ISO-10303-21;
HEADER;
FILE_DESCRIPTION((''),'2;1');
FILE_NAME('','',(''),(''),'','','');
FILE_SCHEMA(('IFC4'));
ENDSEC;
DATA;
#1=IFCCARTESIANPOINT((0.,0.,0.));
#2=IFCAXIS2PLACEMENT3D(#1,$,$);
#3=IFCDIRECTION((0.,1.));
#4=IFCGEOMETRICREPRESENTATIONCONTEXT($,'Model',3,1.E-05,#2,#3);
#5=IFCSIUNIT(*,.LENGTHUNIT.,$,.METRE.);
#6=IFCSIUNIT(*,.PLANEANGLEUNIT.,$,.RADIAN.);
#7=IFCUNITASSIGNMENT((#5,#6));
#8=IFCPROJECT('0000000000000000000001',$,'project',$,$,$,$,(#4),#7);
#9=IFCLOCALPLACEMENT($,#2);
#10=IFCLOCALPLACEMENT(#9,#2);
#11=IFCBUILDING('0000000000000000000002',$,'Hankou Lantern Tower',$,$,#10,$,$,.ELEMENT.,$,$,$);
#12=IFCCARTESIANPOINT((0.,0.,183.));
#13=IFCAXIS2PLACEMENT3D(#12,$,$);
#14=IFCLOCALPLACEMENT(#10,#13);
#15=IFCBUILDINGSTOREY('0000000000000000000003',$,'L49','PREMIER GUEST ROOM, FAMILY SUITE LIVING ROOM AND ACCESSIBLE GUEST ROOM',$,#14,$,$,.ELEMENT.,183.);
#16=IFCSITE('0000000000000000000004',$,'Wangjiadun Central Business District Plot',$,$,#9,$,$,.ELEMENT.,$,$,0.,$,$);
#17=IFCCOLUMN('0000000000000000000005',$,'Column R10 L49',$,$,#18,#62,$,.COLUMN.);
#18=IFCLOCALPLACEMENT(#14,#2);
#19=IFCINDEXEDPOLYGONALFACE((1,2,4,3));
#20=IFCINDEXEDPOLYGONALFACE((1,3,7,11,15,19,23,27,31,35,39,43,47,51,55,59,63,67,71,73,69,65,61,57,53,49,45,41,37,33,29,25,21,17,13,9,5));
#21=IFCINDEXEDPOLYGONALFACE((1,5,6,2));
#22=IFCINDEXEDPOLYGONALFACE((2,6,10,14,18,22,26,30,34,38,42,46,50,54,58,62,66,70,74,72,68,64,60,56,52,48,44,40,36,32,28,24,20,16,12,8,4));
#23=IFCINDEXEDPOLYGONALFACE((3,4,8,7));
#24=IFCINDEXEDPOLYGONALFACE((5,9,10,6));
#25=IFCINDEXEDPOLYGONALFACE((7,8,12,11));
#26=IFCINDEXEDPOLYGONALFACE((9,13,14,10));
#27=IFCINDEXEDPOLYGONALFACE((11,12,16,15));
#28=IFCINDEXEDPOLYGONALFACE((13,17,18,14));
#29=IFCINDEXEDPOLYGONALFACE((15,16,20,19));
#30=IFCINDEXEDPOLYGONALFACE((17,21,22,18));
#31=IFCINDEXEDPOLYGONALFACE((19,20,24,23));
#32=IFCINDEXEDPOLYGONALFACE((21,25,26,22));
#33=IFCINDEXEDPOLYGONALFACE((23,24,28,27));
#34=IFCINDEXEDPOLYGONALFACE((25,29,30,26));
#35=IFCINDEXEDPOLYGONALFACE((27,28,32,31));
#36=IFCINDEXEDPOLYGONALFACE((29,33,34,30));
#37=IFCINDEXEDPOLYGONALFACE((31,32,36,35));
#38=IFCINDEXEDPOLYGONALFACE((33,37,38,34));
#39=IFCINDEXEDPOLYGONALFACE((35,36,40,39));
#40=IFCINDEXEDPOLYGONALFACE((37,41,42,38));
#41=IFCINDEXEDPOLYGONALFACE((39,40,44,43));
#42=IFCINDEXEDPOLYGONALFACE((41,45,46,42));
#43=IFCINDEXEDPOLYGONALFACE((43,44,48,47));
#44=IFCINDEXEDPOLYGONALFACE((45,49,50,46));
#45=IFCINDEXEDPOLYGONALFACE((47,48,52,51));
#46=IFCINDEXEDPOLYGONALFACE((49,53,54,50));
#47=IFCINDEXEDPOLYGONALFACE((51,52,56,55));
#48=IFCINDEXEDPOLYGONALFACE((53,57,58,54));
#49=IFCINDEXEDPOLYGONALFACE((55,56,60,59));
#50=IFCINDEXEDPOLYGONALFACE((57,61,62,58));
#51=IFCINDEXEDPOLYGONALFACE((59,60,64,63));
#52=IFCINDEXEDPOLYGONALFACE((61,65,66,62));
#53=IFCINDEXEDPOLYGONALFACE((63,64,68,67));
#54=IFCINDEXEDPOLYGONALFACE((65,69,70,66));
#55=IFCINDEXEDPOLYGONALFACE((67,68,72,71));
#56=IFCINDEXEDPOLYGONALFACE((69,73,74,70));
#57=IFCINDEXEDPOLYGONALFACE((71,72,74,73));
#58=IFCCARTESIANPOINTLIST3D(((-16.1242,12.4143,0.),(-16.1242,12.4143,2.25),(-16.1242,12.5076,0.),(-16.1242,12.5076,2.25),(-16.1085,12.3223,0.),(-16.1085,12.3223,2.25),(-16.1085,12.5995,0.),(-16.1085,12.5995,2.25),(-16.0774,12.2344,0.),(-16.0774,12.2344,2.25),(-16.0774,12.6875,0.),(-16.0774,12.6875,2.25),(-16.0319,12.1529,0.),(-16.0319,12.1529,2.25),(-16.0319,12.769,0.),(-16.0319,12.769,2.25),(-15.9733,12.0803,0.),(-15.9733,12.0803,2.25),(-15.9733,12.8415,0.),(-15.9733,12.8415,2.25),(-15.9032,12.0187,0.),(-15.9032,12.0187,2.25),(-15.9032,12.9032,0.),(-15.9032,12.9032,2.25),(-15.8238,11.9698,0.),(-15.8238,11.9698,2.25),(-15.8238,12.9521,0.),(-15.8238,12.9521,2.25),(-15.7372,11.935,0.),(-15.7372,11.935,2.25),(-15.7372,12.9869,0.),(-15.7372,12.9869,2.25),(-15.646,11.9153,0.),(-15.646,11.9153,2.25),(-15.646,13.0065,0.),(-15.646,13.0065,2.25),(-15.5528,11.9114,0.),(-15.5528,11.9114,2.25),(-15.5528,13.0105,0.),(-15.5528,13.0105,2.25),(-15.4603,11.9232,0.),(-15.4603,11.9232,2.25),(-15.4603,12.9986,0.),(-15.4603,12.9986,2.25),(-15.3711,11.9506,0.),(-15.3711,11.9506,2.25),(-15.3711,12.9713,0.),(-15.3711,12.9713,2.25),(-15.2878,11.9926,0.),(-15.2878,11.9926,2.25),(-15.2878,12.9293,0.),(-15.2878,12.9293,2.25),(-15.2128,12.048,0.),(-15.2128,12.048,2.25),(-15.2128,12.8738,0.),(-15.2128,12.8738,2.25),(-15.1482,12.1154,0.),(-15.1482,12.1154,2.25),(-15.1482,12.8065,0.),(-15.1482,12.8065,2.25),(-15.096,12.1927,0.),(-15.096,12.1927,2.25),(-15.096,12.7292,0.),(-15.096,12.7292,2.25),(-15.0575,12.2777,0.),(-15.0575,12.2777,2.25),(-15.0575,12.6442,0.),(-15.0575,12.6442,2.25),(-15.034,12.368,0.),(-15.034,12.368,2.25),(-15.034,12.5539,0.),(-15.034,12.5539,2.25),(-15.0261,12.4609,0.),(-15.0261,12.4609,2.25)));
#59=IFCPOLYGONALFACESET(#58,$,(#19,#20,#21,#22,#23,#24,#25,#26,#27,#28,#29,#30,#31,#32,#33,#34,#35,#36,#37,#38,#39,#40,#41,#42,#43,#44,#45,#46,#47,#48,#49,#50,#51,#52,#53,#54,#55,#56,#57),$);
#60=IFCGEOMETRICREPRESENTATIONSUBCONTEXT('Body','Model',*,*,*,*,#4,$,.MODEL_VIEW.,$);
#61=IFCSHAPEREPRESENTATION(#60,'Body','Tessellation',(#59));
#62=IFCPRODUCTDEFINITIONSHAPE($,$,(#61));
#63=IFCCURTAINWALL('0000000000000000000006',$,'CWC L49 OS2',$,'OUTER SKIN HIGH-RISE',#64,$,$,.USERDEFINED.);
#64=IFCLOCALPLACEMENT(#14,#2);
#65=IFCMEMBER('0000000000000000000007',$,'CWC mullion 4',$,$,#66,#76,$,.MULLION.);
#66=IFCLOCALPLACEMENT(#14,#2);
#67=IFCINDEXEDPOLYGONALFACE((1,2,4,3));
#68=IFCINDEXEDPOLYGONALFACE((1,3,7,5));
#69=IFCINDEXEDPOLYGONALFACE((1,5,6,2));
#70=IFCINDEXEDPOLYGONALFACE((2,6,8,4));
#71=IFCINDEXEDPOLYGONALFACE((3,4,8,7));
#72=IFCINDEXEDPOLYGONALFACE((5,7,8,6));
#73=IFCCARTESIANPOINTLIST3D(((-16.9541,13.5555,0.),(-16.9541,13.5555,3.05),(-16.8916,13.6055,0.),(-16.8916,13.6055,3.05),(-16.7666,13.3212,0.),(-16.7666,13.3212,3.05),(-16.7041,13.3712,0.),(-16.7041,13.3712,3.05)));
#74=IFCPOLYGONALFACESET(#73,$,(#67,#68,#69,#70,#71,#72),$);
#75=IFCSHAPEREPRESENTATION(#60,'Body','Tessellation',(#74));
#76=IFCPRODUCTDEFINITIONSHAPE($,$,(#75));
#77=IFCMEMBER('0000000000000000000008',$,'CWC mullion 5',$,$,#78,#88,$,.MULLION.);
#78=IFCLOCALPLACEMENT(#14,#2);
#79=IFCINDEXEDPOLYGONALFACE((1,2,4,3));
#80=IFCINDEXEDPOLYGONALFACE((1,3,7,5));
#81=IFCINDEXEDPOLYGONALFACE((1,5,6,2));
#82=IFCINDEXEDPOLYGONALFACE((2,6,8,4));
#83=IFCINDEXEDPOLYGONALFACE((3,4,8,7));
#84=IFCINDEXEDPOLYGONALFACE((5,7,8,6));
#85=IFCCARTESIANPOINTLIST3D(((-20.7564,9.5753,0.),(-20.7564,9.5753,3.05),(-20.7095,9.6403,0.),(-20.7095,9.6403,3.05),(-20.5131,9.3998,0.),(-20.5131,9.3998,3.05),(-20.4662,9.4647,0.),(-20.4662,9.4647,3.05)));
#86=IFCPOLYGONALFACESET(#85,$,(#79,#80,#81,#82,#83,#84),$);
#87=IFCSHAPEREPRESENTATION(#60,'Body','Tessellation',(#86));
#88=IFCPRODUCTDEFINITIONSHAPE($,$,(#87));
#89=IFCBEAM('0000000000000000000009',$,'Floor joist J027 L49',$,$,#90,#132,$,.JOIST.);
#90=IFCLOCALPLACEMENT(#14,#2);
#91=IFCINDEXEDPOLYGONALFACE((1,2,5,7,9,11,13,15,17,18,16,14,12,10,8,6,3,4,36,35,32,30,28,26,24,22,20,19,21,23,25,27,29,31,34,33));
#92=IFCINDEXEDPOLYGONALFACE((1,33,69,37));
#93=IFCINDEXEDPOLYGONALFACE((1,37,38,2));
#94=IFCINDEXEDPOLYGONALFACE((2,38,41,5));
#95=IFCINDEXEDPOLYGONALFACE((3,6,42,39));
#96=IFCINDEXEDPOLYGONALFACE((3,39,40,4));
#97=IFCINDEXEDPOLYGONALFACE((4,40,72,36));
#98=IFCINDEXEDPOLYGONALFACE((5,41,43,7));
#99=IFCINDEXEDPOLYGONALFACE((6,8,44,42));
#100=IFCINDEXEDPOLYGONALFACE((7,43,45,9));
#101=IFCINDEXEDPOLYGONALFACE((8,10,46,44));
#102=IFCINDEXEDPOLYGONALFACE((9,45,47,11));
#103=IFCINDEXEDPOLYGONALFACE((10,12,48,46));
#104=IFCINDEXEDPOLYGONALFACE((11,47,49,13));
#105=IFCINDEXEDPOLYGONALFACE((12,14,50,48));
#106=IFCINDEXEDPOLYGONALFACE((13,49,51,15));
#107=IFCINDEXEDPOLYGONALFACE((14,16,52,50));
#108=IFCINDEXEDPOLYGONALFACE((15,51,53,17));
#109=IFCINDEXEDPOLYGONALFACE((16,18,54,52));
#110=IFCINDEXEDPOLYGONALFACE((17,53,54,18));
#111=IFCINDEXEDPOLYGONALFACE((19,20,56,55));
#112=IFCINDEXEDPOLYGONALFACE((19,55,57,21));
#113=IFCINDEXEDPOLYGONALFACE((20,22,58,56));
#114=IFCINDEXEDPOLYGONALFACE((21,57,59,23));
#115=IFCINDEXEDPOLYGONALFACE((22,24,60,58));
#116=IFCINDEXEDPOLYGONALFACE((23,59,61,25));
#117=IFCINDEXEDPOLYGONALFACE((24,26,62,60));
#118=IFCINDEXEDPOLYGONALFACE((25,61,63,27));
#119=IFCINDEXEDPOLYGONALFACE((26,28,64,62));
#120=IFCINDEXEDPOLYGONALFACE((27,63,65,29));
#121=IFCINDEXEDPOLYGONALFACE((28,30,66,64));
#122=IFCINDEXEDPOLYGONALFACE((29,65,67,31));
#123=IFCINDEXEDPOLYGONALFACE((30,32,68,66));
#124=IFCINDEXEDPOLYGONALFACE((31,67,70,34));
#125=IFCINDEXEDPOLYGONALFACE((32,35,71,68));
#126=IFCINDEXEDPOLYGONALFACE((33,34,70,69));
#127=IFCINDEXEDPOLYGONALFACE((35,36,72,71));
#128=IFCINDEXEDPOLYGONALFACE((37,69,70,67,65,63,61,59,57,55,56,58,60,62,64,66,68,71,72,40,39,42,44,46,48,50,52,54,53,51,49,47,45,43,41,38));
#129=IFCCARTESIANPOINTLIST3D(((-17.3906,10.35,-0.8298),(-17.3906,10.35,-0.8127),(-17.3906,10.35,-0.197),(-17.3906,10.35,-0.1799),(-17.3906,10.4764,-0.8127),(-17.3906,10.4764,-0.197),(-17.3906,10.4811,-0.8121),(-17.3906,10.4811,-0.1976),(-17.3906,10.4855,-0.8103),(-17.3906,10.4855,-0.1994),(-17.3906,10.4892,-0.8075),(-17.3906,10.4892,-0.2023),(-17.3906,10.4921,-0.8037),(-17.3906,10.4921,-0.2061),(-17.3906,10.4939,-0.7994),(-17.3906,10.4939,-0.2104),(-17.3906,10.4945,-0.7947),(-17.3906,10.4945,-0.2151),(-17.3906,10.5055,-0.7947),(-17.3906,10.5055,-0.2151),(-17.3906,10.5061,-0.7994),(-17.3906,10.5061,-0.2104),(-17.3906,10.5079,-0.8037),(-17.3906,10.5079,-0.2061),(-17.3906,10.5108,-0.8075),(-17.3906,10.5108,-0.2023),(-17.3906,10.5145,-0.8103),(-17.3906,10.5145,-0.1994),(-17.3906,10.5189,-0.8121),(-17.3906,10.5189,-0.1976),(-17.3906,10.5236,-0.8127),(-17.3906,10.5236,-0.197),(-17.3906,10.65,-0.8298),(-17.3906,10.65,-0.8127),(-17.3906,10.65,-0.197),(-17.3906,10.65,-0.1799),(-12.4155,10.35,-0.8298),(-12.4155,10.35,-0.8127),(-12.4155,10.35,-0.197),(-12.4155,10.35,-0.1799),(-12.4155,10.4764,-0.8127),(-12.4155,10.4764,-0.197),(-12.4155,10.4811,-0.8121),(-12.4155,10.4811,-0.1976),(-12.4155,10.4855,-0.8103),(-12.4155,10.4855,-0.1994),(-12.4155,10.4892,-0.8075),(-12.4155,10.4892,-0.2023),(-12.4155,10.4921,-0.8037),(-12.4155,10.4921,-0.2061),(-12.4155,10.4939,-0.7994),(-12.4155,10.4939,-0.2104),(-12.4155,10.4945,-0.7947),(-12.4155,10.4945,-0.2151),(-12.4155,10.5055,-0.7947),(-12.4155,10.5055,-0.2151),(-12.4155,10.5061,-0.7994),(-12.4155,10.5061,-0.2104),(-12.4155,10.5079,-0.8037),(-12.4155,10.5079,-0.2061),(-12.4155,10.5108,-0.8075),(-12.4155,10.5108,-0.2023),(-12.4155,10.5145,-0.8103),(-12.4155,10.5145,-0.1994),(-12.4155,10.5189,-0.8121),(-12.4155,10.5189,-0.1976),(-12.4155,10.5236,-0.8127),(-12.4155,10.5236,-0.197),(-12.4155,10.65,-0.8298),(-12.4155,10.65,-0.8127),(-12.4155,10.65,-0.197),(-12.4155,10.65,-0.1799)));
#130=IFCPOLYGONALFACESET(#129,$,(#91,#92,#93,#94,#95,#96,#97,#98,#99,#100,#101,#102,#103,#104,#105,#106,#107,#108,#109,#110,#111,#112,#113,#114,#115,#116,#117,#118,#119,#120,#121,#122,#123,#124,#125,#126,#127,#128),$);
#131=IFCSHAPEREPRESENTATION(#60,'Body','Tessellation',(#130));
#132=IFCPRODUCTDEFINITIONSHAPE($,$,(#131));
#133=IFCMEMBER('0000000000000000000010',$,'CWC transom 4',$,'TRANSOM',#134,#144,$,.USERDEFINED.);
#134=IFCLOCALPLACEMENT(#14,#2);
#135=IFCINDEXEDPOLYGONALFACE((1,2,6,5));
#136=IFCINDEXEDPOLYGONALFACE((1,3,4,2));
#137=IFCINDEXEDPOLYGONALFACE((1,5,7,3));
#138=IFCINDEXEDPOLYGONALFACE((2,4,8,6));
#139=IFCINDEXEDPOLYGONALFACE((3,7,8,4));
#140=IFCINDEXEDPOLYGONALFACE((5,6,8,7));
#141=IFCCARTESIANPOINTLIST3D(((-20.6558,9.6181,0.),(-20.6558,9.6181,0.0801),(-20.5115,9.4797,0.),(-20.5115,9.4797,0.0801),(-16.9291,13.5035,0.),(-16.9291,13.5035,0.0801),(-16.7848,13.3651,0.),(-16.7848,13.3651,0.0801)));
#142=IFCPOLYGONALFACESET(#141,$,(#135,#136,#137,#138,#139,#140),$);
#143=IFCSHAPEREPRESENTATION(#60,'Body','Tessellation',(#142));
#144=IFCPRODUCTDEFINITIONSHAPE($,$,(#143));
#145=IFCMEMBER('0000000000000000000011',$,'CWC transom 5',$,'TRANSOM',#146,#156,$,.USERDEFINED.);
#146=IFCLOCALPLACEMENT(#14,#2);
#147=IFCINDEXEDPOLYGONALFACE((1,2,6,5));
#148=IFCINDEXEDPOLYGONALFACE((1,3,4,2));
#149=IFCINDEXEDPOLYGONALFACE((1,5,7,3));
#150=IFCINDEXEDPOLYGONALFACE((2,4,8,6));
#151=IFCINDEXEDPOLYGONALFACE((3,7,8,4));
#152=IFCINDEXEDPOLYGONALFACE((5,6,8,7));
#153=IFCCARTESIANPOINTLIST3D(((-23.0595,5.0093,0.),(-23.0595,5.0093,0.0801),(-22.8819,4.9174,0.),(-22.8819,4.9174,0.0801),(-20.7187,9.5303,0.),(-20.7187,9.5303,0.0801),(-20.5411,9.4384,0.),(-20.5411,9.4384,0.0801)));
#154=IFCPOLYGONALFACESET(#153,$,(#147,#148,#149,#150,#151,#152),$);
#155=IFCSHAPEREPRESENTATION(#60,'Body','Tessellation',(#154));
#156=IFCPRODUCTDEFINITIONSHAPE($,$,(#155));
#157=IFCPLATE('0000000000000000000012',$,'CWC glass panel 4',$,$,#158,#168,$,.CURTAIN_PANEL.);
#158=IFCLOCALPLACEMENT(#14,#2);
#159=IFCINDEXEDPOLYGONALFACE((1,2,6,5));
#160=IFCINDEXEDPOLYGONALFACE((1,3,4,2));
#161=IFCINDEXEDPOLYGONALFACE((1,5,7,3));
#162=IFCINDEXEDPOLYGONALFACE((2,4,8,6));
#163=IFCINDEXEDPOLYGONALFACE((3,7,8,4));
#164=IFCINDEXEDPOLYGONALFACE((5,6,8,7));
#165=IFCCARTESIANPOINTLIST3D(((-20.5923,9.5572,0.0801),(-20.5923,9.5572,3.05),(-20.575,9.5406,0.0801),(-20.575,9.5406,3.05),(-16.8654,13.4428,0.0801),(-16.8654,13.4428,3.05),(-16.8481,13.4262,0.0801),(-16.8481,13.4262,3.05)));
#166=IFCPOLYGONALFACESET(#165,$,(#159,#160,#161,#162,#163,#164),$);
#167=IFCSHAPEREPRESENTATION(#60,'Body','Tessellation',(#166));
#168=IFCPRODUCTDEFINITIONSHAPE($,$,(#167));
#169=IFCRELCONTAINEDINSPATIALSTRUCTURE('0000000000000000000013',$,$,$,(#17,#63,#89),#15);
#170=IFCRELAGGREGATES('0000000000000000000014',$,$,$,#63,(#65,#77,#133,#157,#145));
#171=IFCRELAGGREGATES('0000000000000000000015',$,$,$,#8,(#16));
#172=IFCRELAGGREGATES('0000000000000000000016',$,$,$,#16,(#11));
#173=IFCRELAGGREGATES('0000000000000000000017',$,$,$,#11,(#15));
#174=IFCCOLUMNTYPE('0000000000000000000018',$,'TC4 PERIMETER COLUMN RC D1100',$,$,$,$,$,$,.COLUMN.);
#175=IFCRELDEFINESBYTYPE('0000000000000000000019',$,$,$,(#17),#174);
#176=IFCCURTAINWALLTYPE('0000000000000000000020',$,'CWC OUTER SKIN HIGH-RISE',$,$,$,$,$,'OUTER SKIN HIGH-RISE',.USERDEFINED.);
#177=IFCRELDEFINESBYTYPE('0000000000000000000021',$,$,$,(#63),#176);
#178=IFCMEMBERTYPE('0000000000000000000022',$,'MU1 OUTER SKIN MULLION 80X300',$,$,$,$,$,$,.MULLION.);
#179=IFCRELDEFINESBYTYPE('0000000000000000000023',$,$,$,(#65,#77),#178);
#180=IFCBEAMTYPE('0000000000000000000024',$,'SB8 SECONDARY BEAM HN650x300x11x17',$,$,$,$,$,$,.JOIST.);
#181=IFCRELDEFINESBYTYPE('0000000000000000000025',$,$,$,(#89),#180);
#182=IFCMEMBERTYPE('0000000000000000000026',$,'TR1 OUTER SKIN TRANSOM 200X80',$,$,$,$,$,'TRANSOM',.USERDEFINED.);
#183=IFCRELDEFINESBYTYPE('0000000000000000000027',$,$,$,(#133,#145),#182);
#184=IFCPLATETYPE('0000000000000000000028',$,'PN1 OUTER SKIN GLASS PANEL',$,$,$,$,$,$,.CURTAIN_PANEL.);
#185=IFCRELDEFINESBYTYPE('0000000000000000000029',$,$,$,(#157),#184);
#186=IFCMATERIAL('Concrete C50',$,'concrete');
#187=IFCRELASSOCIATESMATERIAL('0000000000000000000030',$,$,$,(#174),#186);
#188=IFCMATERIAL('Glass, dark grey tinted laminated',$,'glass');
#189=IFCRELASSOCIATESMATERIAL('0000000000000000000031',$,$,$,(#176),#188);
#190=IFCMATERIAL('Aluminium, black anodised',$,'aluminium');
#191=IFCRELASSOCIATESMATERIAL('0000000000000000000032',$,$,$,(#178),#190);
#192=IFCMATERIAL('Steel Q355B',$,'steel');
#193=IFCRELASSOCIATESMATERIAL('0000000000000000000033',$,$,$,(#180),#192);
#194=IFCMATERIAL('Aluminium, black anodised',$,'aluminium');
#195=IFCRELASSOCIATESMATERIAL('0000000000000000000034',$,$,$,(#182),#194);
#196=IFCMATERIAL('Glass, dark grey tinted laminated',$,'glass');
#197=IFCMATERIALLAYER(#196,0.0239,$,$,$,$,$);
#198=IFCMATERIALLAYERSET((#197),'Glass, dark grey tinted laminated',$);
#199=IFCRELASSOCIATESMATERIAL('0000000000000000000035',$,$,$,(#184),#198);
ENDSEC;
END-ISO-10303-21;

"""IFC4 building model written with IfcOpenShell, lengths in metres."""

from ifc_helpers import new_model, si_unit, direction, frame, origin, origin_2d, place, context, subcontext, project, spatial, rectangle, circle, i_section, extrude, clip, halfspace, material, layer, layer_set, material_profile, profile_set, type_object, element, aggregate, save


model = new_model("IFC4")

# Units and contexts
model_context = context("Model", 3, precision=1e-05, world=origin(), true_north=direction((0.0, 1.0)))
body_context = subcontext(model_context, "Body", "Model", "MODEL_VIEW")
ifc_project = project(units=[si_unit("LENGTHUNIT", "METRE"), si_unit("PLANEANGLEUNIT", "RADIAN")], contexts=[model_context])

# Site, building, storey
site_placement = place(None, origin())
site = spatial("IfcSite", under=ifc_project, at=site_placement, Name="Wangjiadun Central Business District Plot", CompositionType="ELEMENT", RefElevation=0.0)
building_placement = place(site_placement, origin())
building = spatial("IfcBuilding", under=site, at=building_placement, Name="Hankou Lantern Tower", CompositionType="ELEMENT")
storey_placement = place(building_placement, frame((0.0, 0.0, 183.0)))
storey = spatial("IfcBuildingStorey", under=building, at=storey_placement, Name="L49", Description="PREMIER GUEST ROOM, FAMILY SUITE LIVING ROOM AND ACCESSIBLE GUEST ROOM", CompositionType="ELEMENT", Elevation=183.0)

# Column
ifc_material_1 = material(Name="Concrete C50", Category="concrete")
ifc_material_profile_1 = material_profile(ifc_material_1, circle(Radius=0.55, at=origin_2d()), Name="RC D1100")
ifc_profile_set_1 = profile_set([ifc_material_profile_1], Name="Concrete C50")
column_type = type_object("IfcColumnType", Name="TC4 PERIMETER COLUMN RC D1100", PredefinedType="COLUMN", material=ifc_profile_set_1)
column_placement = place(storey_placement, frame((-15.5762, 12.4609, 0.0), z_axis=(0.0, 0.0, 1.0), x_axis=(1.0, 0.0, 0.0)))
element("IfcColumn", 1, at=column_placement, inside=storey, type_object=column_type, Name="Column R10 L49", PredefinedType="COLUMN", context=body_context, shape_type="Clipping", body=[
    clip(extrude(circle(Radius=0.55, at=origin_2d()), origin(), (0.0, 0.0, 1.0), 3.3), halfspace(frame((0.0, 0.0, 2.25), z_axis=(0.0, 0.0, 1.0), x_axis=(1.0, 0.0, 0.0)), False)),
])

# Curtain wall, members
ifc_material_2 = material(Name="Glass, dark grey tinted laminated", Category="glass")
curtain_wall_type = type_object("IfcCurtainWallType", Name="CWC OUTER SKIN HIGH-RISE", ElementType="OUTER SKIN HIGH-RISE", PredefinedType="USERDEFINED", material=ifc_material_2)
curtain_wall_placement = place(storey_placement, origin())
curtain_wall = element("IfcCurtainWall", 2, at=curtain_wall_placement, inside=storey, type_object=curtain_wall_type, Name="CWC L49 OS2", ObjectType="OUTER SKIN HIGH-RISE", PredefinedType="USERDEFINED")
ifc_material_3 = material(Name="Aluminium, black anodised", Category="aluminium")
ifc_material_profile_2 = material_profile(ifc_material_3, rectangle(XDim=0.0801, YDim=0.3, at=origin_2d()), Name="MU1 80X300")
ifc_profile_set_2 = profile_set([ifc_material_profile_2], Name="Aluminium, black anodised")
member_type_1 = type_object("IfcMemberType", Name="MU1 OUTER SKIN MULLION 80X300", PredefinedType="MULLION", material=ifc_profile_set_2)
member_1_placement = place(storey_placement, frame((-16.8291, 13.4634, 0.0), z_axis=(0.0, 0.0, 1.0), x_axis=(-0.780869, -0.624695, 0.0)))
member_1 = element("IfcMember", 3, at=member_1_placement, type_object=member_type_1, Name="CWC mullion 4", PredefinedType="MULLION", context=body_context, shape_type="SweptSolid", body=[
    extrude(rectangle(XDim=0.0801, YDim=0.3, at=origin_2d()), origin(), (0.0, 0.0, 1.0), 3.05),
])
member_2_placement = place(storey_placement, frame((-20.6113, 9.52, 0.0), z_axis=(0.0, 0.0, 1.0), x_axis=(-0.585206, -0.810885, 0.0)))
member_2 = element("IfcMember", 4, at=member_2_placement, type_object=member_type_1, Name="CWC mullion 5", PredefinedType="MULLION", context=body_context, shape_type="SweptSolid", body=[
    extrude(rectangle(XDim=0.0801, YDim=0.3, at=origin_2d()), origin(), (0.0, 0.0, 1.0), 3.05),
])

# Beam
ifc_material_4 = material(Name="Steel Q355B", Category="steel")
ifc_material_profile_3 = material_profile(ifc_material_4, i_section(OverallWidth=0.3, OverallDepth=0.6499, WebThickness=0.011, FlangeThickness=0.0171, FilletRadius=0.0181, at=origin_2d()), Name="HN650x300x11x17")
ifc_profile_set_3 = profile_set([ifc_material_profile_3], Name="Steel Q355B")
beam_type = type_object("IfcBeamType", Name="SB8 SECONDARY BEAM HN650x300x11x17", PredefinedType="JOIST", material=ifc_profile_set_3)
beam_placement = place(storey_placement, frame((-17.3906, 10.5, -0.5049), z_axis=(1.0, 0.0, 0.0), x_axis=(0.0, 1.0, 0.0)))
element("IfcBeam", 5, at=beam_placement, inside=storey, type_object=beam_type, Name="Floor joist J027 L49", PredefinedType="JOIST", context=body_context, shape_type="SweptSolid", body=[
    extrude(i_section(OverallWidth=0.3, OverallDepth=0.6499, WebThickness=0.011, FlangeThickness=0.0171, FilletRadius=0.0181, at=origin_2d()), origin(), (0.0, 0.0, 1.0), 4.9751),
])

# Members
ifc_material_5 = material(Name="Aluminium, black anodised", Category="aluminium")
ifc_material_profile_4 = material_profile(ifc_material_5, rectangle(XDim=0.2, YDim=0.0801, at=origin_2d()), Name="TR1 200X80")
ifc_profile_set_4 = profile_set([ifc_material_profile_4], Name="Aluminium, black anodised")
member_type_2 = type_object("IfcMemberType", Name="TR1 OUTER SKIN TRANSOM 200X80", ElementType="TRANSOM", PredefinedType="USERDEFINED", material=ifc_profile_set_4)
member_3_placement = place(storey_placement, frame((-16.8569, 13.4343, 0.04), z_axis=(-0.692216, -0.721691, 0.0), x_axis=(0.721691, -0.692216, 0.0)))
member_3 = element("IfcMember", 6, at=member_3_placement, type_object=member_type_2, Name="CWC transom 4", ObjectType="TRANSOM", PredefinedType="USERDEFINED", context=body_context, shape_type="SweptSolid", body=[
    extrude(rectangle(XDim=0.2, YDim=0.0801, at=origin_2d()), origin(), (0.0, 0.0, 1.0), 5.3838),
])
member_4_placement = place(storey_placement, frame((-20.6299, 9.4844, 0.04), z_axis=(-0.459791, -0.888027, 0.0), x_axis=(0.888027, -0.459791, 0.0)))
member_4 = element("IfcMember", 7, at=member_4_placement, type_object=member_type_2, Name="CWC transom 5", ObjectType="TRANSOM", PredefinedType="USERDEFINED", context=body_context, shape_type="SweptSolid", body=[
    extrude(rectangle(XDim=0.2, YDim=0.0801, at=origin_2d()), origin(), (0.0, 0.0, 1.0), 5.0911),
])

# Plate
ifc_material_6 = material(Name="Glass, dark grey tinted laminated", Category="glass")
ifc_layer_1 = layer(ifc_material_6, 0.0239)
ifc_layer_set_1 = layer_set([ifc_layer_1], Name="Glass, dark grey tinted laminated")
plate_type = type_object("IfcPlateType", Name="PN1 OUTER SKIN GLASS PANEL", PredefinedType="CURTAIN_PANEL", material=ifc_layer_set_1)
plate_placement = place(storey_placement, frame((-18.7202, 11.4917, 0.0801), z_axis=(0.0, 0.0, 1.0), x_axis=(-0.692216, -0.721691, 0.0)))
plate = element("IfcPlate", 8, at=plate_placement, type_object=plate_type, Name="CWC glass panel 4", PredefinedType="CURTAIN_PANEL", context=body_context, shape_type="SweptSolid", body=[
    extrude(rectangle(XDim=5.384, YDim=0.0239, at=origin_2d()), origin(), (0.0, 0.0, 1.0), 2.97),
])
aggregate(curtain_wall, [member_1, member_2, member_3, plate, member_4])

save(model, "model.ifc")
